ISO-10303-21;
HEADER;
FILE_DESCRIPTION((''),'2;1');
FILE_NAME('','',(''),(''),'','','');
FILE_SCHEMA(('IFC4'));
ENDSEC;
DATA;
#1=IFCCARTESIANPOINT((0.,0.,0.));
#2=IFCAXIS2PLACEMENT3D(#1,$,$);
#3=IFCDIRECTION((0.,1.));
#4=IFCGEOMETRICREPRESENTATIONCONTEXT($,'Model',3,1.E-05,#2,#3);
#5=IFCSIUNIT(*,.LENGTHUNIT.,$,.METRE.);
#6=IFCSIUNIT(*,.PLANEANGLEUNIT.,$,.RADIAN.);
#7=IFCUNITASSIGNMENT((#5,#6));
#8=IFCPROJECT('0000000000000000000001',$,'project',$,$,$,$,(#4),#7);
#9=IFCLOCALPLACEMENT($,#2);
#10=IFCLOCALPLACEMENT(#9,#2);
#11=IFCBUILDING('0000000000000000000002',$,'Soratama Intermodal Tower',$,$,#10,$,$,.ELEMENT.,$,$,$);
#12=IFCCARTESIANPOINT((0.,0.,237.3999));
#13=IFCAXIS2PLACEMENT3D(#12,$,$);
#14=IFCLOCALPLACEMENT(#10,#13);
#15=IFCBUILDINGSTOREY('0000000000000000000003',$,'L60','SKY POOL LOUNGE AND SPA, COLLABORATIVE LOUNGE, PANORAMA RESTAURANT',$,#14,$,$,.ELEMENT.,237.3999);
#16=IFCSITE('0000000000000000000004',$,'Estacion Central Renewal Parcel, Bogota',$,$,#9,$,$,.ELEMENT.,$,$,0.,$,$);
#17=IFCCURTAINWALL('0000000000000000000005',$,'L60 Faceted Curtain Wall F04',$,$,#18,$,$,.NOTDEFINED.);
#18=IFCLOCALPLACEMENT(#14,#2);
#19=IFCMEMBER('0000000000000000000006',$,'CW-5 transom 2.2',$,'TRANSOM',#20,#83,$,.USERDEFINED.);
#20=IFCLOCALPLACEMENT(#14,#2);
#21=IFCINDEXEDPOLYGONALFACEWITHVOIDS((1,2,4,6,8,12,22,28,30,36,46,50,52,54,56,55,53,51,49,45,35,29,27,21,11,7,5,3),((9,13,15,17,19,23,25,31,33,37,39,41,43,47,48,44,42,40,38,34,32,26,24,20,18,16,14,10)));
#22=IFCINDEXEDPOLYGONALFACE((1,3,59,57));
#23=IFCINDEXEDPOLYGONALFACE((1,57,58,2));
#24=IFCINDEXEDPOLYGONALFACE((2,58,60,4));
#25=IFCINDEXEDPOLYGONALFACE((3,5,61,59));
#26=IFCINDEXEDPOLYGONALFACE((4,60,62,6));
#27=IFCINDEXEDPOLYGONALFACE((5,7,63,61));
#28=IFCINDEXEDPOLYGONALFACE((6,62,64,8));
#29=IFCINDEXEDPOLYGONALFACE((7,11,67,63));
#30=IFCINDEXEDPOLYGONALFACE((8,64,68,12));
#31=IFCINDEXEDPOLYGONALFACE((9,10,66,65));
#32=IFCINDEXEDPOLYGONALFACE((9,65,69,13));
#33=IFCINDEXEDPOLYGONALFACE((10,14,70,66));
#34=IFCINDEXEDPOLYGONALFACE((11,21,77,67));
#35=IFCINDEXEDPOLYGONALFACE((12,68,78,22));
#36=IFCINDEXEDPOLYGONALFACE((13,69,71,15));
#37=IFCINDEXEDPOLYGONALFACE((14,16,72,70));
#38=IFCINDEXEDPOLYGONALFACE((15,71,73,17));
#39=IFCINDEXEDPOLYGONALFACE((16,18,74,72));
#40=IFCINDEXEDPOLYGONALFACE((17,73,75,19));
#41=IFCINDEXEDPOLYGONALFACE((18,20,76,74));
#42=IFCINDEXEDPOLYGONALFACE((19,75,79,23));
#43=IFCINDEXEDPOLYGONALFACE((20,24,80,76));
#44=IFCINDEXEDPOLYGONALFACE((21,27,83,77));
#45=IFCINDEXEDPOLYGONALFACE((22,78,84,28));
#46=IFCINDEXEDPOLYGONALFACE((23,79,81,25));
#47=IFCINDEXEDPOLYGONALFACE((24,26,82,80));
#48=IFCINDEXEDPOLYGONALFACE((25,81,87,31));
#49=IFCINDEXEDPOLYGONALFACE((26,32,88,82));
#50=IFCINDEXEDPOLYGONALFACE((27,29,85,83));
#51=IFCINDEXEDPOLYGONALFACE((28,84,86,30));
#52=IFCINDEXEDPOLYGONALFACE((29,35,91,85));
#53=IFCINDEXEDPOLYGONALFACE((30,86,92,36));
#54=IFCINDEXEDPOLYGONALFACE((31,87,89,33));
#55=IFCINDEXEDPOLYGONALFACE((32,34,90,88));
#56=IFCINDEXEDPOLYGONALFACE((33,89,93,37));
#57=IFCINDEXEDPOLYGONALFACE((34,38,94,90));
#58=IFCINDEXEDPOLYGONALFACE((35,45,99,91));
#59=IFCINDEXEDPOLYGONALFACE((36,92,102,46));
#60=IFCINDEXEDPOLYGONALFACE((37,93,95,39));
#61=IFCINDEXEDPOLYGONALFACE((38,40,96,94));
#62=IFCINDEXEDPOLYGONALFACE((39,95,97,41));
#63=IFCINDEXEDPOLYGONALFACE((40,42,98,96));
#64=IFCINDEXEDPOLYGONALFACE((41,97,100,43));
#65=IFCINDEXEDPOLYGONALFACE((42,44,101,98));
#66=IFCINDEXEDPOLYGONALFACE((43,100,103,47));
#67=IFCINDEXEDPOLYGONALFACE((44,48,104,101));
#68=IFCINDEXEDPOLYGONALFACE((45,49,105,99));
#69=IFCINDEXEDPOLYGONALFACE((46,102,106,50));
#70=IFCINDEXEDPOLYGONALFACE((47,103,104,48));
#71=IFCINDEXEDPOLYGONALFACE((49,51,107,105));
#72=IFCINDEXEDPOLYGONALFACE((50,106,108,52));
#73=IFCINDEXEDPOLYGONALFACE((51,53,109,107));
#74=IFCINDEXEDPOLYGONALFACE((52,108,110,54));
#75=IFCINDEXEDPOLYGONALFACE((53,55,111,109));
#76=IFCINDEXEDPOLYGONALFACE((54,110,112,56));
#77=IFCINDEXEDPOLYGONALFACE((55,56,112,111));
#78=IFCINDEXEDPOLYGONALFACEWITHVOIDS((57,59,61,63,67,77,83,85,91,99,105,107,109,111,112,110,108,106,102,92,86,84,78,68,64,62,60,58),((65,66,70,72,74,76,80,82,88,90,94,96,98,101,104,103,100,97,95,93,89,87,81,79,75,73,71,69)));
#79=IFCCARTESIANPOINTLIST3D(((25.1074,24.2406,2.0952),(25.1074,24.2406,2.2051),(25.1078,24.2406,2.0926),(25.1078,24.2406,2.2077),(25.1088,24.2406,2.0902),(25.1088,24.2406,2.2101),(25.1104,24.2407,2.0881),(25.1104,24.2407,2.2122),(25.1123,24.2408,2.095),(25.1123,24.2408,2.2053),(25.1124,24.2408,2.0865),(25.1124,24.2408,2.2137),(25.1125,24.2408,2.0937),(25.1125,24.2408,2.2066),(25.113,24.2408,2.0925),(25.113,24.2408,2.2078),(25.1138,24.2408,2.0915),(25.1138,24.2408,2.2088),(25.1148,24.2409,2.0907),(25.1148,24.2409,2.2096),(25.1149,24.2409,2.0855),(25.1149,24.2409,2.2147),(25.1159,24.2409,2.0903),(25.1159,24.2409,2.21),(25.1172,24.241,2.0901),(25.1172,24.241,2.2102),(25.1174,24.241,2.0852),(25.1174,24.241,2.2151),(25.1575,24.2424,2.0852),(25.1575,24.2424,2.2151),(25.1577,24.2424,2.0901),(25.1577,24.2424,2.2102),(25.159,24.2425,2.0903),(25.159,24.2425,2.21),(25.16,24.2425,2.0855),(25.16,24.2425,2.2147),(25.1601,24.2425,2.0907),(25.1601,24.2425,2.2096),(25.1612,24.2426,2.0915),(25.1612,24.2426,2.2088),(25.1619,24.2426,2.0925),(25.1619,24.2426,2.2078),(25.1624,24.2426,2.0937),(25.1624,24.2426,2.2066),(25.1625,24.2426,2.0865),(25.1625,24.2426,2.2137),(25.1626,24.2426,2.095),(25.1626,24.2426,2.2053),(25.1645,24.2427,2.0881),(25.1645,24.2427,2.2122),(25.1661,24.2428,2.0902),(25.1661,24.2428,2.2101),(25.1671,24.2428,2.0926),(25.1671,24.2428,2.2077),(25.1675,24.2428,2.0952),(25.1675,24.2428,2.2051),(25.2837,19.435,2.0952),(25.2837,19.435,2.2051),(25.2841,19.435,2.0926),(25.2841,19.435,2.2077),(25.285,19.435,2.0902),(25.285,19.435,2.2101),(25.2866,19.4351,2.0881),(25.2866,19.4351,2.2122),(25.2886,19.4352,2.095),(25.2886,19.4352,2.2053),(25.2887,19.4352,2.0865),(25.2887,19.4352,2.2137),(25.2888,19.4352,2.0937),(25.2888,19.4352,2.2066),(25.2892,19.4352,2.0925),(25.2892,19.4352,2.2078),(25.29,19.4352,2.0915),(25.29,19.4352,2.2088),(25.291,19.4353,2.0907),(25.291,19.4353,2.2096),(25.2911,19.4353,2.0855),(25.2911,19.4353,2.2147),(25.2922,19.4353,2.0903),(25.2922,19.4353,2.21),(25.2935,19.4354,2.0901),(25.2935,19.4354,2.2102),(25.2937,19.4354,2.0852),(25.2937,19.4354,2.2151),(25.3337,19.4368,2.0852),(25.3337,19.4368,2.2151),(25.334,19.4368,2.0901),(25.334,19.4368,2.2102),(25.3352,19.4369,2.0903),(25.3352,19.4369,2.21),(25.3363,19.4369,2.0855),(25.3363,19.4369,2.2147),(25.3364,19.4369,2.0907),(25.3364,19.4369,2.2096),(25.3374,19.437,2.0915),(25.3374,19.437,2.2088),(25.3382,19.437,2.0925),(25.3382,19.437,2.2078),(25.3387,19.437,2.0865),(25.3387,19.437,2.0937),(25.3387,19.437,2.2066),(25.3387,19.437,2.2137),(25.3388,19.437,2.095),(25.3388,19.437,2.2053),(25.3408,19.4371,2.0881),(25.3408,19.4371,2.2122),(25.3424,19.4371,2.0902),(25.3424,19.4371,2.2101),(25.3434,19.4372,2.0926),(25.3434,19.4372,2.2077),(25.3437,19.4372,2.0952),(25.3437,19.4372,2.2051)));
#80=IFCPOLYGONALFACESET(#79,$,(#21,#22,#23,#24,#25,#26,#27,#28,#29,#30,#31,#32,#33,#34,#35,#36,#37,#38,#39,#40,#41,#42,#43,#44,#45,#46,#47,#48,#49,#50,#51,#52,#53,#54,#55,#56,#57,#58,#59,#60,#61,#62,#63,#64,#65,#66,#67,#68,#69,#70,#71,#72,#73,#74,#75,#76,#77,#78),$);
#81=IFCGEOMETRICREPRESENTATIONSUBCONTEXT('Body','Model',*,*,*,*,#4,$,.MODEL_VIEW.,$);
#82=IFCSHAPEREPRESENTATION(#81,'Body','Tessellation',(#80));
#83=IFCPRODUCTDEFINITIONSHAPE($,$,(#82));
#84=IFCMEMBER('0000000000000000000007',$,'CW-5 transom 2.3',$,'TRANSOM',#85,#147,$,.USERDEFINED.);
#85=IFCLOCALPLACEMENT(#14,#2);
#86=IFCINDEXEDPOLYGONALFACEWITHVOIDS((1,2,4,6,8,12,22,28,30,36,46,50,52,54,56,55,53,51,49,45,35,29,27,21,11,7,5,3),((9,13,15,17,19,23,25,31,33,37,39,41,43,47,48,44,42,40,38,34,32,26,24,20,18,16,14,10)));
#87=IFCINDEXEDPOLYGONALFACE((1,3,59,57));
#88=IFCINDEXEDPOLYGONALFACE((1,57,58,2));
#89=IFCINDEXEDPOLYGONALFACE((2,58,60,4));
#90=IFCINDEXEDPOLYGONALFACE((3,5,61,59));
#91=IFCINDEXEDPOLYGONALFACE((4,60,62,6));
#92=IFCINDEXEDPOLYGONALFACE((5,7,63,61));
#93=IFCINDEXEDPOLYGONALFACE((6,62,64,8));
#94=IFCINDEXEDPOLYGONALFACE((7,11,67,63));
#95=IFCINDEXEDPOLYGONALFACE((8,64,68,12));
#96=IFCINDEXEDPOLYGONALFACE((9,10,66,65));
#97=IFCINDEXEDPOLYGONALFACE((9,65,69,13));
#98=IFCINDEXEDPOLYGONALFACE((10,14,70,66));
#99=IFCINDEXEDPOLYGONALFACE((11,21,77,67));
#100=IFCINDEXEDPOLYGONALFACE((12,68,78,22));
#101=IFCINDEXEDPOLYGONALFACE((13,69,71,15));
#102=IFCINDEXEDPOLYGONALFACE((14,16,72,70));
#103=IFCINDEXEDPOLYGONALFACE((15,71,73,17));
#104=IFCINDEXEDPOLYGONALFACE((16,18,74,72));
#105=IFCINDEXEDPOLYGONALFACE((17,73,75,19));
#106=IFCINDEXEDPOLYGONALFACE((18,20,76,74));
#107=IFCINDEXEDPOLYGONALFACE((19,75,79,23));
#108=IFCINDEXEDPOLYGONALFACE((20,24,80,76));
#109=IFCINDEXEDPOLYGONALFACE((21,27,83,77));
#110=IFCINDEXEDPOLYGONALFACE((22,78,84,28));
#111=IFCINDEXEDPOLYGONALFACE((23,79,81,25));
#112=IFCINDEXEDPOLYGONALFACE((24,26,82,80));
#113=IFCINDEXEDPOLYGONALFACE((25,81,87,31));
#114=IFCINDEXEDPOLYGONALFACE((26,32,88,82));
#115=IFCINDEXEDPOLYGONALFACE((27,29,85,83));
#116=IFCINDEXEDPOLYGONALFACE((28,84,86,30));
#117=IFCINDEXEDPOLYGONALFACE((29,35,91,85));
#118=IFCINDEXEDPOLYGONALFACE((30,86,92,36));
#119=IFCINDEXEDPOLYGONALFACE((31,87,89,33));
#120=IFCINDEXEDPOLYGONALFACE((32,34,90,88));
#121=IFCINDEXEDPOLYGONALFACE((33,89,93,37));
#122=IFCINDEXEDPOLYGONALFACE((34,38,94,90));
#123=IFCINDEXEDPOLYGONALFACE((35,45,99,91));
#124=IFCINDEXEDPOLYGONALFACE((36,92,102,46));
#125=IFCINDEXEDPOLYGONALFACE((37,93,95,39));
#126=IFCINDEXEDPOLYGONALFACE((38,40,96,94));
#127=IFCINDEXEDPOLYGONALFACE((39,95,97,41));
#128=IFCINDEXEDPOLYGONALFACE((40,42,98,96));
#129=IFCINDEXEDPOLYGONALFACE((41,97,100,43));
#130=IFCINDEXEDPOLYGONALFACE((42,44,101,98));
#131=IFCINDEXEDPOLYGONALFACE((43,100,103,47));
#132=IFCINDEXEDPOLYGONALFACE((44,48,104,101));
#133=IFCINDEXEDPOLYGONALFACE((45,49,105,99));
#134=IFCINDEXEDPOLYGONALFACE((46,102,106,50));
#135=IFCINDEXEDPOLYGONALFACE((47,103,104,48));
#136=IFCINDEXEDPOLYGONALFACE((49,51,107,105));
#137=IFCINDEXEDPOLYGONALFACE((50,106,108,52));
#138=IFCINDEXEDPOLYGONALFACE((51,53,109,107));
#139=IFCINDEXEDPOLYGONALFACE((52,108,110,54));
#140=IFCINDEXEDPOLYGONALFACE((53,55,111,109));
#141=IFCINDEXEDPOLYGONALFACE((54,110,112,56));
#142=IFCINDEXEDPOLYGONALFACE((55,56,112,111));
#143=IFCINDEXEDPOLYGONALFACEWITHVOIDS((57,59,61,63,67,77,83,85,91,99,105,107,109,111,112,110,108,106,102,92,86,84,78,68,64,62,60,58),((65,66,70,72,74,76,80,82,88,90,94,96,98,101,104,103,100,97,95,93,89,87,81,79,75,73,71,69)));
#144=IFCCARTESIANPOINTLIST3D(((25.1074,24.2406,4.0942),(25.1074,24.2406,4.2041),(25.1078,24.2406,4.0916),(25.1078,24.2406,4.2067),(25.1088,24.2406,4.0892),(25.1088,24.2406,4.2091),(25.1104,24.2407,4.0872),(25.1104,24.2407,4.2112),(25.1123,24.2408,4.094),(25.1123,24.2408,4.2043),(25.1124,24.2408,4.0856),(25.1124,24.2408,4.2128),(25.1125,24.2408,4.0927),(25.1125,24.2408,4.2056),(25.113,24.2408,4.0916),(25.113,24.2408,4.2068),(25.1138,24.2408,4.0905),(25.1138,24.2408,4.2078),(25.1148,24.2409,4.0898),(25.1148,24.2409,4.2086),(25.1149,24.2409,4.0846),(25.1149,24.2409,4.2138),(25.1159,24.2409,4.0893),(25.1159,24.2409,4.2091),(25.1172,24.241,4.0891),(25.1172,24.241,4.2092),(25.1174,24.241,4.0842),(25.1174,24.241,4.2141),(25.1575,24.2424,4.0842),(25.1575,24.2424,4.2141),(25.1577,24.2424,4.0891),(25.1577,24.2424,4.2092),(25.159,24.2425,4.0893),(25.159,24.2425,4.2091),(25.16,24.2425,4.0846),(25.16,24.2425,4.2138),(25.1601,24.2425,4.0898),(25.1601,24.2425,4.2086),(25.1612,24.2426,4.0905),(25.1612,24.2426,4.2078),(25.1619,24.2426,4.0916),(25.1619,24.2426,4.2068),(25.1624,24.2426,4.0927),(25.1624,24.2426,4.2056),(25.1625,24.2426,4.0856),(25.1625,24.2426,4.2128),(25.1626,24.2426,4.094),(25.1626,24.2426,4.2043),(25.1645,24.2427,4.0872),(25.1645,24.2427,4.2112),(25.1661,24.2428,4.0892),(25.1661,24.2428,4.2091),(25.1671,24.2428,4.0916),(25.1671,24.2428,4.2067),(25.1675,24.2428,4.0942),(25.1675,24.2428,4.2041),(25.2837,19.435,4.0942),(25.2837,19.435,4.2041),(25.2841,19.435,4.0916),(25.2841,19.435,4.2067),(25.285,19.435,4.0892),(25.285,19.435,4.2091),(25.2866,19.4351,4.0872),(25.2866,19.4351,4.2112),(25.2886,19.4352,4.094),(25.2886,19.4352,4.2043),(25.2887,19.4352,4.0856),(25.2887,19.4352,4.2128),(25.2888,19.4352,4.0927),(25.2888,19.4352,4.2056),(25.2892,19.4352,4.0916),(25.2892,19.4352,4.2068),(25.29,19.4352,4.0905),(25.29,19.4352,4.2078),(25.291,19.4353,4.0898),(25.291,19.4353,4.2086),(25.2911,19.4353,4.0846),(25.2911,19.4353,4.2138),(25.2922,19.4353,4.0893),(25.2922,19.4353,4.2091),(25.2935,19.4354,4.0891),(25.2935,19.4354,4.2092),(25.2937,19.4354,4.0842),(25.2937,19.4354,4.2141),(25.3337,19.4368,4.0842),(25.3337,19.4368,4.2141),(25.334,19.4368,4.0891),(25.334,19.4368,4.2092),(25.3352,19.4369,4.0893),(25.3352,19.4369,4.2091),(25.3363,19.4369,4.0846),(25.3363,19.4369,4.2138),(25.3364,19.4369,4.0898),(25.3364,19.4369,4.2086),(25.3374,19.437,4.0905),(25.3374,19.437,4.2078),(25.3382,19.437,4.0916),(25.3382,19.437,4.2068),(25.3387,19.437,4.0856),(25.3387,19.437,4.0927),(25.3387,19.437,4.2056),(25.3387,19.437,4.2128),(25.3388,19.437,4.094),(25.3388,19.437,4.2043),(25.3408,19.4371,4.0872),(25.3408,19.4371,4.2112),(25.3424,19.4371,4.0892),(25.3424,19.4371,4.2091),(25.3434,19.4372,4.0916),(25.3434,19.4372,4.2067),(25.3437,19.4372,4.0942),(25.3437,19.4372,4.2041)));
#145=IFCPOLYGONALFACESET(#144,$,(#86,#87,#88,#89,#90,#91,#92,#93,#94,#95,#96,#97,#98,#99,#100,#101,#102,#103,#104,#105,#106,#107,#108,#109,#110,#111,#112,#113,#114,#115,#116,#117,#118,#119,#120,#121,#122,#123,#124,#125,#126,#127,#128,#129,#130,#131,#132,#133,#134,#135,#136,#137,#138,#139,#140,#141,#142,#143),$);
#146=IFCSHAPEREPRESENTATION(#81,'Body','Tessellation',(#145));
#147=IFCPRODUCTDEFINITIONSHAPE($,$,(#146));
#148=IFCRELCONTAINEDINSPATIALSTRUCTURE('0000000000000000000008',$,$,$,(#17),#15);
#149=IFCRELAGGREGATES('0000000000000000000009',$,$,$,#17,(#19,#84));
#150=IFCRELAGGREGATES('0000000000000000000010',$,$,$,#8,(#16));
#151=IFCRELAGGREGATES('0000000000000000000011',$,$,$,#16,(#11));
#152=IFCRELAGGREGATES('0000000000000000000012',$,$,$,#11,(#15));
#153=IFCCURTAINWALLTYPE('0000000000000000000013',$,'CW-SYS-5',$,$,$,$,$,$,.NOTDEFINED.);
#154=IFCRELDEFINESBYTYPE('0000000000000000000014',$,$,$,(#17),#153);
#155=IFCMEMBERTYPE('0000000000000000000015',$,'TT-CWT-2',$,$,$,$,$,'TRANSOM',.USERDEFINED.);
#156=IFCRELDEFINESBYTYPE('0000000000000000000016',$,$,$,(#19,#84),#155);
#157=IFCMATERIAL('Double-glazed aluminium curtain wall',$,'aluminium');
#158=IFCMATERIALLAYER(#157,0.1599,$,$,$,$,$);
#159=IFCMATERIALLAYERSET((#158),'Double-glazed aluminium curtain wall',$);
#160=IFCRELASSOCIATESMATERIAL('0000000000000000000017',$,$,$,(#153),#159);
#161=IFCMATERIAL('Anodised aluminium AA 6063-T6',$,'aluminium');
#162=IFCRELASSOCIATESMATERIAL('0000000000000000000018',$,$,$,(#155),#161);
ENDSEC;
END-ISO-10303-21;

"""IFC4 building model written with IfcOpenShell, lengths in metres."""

from ifc_helpers import new_model, si_unit, direction, frame, origin, origin_2d, place, context, subcontext, project, spatial, hollow_rectangle, extrude, material, layer, layer_set, material_profile, profile_set, type_object, element, aggregate, save


model = new_model("IFC4")

# Units and contexts
model_context = context("Model", 3, precision=1e-05, world=origin(), true_north=direction((0.0, 1.0)))
body_context = subcontext(model_context, "Body", "Model", "MODEL_VIEW")
ifc_project = project(units=[si_unit("LENGTHUNIT", "METRE"), si_unit("PLANEANGLEUNIT", "RADIAN")], contexts=[model_context])

# Site, building, storey
site_placement = place(None, origin())
site = spatial("IfcSite", under=ifc_project, at=site_placement, Name="Estacion Central Renewal Parcel, Bogota", CompositionType="ELEMENT", RefElevation=0.0)
building_placement = place(site_placement, origin())
building = spatial("IfcBuilding", under=site, at=building_placement, Name="Soratama Intermodal Tower", CompositionType="ELEMENT")
storey_placement = place(building_placement, frame((0.0, 0.0, 237.3999)))
storey = spatial("IfcBuildingStorey", under=building, at=storey_placement, Name="L60", Description="SKY POOL LOUNGE AND SPA, COLLABORATIVE LOUNGE, PANORAMA RESTAURANT", CompositionType="ELEMENT", Elevation=237.3999)

# Curtain wall
ifc_material_1 = material(Name="Double-glazed aluminium curtain wall", Category="aluminium")
ifc_layer_1 = layer(ifc_material_1, 0.1599)
ifc_layer_set_1 = layer_set([ifc_layer_1], Name="Double-glazed aluminium curtain wall")
curtain_wall_type = type_object("IfcCurtainWallType", Name="CW-SYS-5", PredefinedType="NOTDEFINED", material=ifc_layer_set_1)
curtain_wall_1_placement = place(storey_placement, origin())
curtain_wall_1 = element("IfcCurtainWall", 1, at=curtain_wall_1_placement, inside=storey, type_object=curtain_wall_type, Name="L60 Faceted Curtain Wall F04", PredefinedType="NOTDEFINED")

# Members
ifc_material_2 = material(Name="Anodised aluminium AA 6063-T6", Category="aluminium")
ifc_material_profile_1 = material_profile(ifc_material_2, hollow_rectangle(XDim=0.0601, YDim=0.1299, WallThickness=0.0049, InnerFilletRadius=0.0049, OuterFilletRadius=0.01, at=origin_2d()), Name="CWT130X60X5")
ifc_profile_set_1 = profile_set([ifc_material_profile_1], Name="Anodised aluminium AA 6063-T6")
member_type_1 = type_object("IfcMemberType", Name="TT-CWT-2", ElementType="TRANSOM", PredefinedType="USERDEFINED", material=ifc_profile_set_1)
member_1_placement = place(storey_placement, frame((25.1375, 24.2417, 2.1501), z_axis=(0.036655, -0.999328, 0.0), x_axis=(0.999328, 0.036655, 0.0)))
member_1 = element("IfcMember", 2, at=member_1_placement, type_object=member_type_1, Name="CW-5 transom 2.2", ObjectType="TRANSOM", PredefinedType="USERDEFINED", context=body_context, shape_type="SweptSolid", body=[
    extrude(hollow_rectangle(XDim=0.0601, YDim=0.1299, WallThickness=0.0049, InnerFilletRadius=0.0049, OuterFilletRadius=0.01, at=origin_2d()), origin(), (0.0, 0.0, 1.0), 4.8088),
])
member_2_placement = place(storey_placement, frame((25.1375, 24.2417, 4.1492), z_axis=(0.036655, -0.999328, 0.0), x_axis=(0.999328, 0.036655, 0.0)))
member_2 = element("IfcMember", 3, at=member_2_placement, type_object=member_type_1, Name="CW-5 transom 2.3", ObjectType="TRANSOM", PredefinedType="USERDEFINED", context=body_context, shape_type="SweptSolid", body=[
    extrude(hollow_rectangle(XDim=0.0601, YDim=0.1299, WallThickness=0.0049, InnerFilletRadius=0.0049, OuterFilletRadius=0.01, at=origin_2d()), origin(), (0.0, 0.0, 1.0), 4.8088),
])

aggregate(curtain_wall_1, [member_1, member_2])

save(model, "model.ifc")
